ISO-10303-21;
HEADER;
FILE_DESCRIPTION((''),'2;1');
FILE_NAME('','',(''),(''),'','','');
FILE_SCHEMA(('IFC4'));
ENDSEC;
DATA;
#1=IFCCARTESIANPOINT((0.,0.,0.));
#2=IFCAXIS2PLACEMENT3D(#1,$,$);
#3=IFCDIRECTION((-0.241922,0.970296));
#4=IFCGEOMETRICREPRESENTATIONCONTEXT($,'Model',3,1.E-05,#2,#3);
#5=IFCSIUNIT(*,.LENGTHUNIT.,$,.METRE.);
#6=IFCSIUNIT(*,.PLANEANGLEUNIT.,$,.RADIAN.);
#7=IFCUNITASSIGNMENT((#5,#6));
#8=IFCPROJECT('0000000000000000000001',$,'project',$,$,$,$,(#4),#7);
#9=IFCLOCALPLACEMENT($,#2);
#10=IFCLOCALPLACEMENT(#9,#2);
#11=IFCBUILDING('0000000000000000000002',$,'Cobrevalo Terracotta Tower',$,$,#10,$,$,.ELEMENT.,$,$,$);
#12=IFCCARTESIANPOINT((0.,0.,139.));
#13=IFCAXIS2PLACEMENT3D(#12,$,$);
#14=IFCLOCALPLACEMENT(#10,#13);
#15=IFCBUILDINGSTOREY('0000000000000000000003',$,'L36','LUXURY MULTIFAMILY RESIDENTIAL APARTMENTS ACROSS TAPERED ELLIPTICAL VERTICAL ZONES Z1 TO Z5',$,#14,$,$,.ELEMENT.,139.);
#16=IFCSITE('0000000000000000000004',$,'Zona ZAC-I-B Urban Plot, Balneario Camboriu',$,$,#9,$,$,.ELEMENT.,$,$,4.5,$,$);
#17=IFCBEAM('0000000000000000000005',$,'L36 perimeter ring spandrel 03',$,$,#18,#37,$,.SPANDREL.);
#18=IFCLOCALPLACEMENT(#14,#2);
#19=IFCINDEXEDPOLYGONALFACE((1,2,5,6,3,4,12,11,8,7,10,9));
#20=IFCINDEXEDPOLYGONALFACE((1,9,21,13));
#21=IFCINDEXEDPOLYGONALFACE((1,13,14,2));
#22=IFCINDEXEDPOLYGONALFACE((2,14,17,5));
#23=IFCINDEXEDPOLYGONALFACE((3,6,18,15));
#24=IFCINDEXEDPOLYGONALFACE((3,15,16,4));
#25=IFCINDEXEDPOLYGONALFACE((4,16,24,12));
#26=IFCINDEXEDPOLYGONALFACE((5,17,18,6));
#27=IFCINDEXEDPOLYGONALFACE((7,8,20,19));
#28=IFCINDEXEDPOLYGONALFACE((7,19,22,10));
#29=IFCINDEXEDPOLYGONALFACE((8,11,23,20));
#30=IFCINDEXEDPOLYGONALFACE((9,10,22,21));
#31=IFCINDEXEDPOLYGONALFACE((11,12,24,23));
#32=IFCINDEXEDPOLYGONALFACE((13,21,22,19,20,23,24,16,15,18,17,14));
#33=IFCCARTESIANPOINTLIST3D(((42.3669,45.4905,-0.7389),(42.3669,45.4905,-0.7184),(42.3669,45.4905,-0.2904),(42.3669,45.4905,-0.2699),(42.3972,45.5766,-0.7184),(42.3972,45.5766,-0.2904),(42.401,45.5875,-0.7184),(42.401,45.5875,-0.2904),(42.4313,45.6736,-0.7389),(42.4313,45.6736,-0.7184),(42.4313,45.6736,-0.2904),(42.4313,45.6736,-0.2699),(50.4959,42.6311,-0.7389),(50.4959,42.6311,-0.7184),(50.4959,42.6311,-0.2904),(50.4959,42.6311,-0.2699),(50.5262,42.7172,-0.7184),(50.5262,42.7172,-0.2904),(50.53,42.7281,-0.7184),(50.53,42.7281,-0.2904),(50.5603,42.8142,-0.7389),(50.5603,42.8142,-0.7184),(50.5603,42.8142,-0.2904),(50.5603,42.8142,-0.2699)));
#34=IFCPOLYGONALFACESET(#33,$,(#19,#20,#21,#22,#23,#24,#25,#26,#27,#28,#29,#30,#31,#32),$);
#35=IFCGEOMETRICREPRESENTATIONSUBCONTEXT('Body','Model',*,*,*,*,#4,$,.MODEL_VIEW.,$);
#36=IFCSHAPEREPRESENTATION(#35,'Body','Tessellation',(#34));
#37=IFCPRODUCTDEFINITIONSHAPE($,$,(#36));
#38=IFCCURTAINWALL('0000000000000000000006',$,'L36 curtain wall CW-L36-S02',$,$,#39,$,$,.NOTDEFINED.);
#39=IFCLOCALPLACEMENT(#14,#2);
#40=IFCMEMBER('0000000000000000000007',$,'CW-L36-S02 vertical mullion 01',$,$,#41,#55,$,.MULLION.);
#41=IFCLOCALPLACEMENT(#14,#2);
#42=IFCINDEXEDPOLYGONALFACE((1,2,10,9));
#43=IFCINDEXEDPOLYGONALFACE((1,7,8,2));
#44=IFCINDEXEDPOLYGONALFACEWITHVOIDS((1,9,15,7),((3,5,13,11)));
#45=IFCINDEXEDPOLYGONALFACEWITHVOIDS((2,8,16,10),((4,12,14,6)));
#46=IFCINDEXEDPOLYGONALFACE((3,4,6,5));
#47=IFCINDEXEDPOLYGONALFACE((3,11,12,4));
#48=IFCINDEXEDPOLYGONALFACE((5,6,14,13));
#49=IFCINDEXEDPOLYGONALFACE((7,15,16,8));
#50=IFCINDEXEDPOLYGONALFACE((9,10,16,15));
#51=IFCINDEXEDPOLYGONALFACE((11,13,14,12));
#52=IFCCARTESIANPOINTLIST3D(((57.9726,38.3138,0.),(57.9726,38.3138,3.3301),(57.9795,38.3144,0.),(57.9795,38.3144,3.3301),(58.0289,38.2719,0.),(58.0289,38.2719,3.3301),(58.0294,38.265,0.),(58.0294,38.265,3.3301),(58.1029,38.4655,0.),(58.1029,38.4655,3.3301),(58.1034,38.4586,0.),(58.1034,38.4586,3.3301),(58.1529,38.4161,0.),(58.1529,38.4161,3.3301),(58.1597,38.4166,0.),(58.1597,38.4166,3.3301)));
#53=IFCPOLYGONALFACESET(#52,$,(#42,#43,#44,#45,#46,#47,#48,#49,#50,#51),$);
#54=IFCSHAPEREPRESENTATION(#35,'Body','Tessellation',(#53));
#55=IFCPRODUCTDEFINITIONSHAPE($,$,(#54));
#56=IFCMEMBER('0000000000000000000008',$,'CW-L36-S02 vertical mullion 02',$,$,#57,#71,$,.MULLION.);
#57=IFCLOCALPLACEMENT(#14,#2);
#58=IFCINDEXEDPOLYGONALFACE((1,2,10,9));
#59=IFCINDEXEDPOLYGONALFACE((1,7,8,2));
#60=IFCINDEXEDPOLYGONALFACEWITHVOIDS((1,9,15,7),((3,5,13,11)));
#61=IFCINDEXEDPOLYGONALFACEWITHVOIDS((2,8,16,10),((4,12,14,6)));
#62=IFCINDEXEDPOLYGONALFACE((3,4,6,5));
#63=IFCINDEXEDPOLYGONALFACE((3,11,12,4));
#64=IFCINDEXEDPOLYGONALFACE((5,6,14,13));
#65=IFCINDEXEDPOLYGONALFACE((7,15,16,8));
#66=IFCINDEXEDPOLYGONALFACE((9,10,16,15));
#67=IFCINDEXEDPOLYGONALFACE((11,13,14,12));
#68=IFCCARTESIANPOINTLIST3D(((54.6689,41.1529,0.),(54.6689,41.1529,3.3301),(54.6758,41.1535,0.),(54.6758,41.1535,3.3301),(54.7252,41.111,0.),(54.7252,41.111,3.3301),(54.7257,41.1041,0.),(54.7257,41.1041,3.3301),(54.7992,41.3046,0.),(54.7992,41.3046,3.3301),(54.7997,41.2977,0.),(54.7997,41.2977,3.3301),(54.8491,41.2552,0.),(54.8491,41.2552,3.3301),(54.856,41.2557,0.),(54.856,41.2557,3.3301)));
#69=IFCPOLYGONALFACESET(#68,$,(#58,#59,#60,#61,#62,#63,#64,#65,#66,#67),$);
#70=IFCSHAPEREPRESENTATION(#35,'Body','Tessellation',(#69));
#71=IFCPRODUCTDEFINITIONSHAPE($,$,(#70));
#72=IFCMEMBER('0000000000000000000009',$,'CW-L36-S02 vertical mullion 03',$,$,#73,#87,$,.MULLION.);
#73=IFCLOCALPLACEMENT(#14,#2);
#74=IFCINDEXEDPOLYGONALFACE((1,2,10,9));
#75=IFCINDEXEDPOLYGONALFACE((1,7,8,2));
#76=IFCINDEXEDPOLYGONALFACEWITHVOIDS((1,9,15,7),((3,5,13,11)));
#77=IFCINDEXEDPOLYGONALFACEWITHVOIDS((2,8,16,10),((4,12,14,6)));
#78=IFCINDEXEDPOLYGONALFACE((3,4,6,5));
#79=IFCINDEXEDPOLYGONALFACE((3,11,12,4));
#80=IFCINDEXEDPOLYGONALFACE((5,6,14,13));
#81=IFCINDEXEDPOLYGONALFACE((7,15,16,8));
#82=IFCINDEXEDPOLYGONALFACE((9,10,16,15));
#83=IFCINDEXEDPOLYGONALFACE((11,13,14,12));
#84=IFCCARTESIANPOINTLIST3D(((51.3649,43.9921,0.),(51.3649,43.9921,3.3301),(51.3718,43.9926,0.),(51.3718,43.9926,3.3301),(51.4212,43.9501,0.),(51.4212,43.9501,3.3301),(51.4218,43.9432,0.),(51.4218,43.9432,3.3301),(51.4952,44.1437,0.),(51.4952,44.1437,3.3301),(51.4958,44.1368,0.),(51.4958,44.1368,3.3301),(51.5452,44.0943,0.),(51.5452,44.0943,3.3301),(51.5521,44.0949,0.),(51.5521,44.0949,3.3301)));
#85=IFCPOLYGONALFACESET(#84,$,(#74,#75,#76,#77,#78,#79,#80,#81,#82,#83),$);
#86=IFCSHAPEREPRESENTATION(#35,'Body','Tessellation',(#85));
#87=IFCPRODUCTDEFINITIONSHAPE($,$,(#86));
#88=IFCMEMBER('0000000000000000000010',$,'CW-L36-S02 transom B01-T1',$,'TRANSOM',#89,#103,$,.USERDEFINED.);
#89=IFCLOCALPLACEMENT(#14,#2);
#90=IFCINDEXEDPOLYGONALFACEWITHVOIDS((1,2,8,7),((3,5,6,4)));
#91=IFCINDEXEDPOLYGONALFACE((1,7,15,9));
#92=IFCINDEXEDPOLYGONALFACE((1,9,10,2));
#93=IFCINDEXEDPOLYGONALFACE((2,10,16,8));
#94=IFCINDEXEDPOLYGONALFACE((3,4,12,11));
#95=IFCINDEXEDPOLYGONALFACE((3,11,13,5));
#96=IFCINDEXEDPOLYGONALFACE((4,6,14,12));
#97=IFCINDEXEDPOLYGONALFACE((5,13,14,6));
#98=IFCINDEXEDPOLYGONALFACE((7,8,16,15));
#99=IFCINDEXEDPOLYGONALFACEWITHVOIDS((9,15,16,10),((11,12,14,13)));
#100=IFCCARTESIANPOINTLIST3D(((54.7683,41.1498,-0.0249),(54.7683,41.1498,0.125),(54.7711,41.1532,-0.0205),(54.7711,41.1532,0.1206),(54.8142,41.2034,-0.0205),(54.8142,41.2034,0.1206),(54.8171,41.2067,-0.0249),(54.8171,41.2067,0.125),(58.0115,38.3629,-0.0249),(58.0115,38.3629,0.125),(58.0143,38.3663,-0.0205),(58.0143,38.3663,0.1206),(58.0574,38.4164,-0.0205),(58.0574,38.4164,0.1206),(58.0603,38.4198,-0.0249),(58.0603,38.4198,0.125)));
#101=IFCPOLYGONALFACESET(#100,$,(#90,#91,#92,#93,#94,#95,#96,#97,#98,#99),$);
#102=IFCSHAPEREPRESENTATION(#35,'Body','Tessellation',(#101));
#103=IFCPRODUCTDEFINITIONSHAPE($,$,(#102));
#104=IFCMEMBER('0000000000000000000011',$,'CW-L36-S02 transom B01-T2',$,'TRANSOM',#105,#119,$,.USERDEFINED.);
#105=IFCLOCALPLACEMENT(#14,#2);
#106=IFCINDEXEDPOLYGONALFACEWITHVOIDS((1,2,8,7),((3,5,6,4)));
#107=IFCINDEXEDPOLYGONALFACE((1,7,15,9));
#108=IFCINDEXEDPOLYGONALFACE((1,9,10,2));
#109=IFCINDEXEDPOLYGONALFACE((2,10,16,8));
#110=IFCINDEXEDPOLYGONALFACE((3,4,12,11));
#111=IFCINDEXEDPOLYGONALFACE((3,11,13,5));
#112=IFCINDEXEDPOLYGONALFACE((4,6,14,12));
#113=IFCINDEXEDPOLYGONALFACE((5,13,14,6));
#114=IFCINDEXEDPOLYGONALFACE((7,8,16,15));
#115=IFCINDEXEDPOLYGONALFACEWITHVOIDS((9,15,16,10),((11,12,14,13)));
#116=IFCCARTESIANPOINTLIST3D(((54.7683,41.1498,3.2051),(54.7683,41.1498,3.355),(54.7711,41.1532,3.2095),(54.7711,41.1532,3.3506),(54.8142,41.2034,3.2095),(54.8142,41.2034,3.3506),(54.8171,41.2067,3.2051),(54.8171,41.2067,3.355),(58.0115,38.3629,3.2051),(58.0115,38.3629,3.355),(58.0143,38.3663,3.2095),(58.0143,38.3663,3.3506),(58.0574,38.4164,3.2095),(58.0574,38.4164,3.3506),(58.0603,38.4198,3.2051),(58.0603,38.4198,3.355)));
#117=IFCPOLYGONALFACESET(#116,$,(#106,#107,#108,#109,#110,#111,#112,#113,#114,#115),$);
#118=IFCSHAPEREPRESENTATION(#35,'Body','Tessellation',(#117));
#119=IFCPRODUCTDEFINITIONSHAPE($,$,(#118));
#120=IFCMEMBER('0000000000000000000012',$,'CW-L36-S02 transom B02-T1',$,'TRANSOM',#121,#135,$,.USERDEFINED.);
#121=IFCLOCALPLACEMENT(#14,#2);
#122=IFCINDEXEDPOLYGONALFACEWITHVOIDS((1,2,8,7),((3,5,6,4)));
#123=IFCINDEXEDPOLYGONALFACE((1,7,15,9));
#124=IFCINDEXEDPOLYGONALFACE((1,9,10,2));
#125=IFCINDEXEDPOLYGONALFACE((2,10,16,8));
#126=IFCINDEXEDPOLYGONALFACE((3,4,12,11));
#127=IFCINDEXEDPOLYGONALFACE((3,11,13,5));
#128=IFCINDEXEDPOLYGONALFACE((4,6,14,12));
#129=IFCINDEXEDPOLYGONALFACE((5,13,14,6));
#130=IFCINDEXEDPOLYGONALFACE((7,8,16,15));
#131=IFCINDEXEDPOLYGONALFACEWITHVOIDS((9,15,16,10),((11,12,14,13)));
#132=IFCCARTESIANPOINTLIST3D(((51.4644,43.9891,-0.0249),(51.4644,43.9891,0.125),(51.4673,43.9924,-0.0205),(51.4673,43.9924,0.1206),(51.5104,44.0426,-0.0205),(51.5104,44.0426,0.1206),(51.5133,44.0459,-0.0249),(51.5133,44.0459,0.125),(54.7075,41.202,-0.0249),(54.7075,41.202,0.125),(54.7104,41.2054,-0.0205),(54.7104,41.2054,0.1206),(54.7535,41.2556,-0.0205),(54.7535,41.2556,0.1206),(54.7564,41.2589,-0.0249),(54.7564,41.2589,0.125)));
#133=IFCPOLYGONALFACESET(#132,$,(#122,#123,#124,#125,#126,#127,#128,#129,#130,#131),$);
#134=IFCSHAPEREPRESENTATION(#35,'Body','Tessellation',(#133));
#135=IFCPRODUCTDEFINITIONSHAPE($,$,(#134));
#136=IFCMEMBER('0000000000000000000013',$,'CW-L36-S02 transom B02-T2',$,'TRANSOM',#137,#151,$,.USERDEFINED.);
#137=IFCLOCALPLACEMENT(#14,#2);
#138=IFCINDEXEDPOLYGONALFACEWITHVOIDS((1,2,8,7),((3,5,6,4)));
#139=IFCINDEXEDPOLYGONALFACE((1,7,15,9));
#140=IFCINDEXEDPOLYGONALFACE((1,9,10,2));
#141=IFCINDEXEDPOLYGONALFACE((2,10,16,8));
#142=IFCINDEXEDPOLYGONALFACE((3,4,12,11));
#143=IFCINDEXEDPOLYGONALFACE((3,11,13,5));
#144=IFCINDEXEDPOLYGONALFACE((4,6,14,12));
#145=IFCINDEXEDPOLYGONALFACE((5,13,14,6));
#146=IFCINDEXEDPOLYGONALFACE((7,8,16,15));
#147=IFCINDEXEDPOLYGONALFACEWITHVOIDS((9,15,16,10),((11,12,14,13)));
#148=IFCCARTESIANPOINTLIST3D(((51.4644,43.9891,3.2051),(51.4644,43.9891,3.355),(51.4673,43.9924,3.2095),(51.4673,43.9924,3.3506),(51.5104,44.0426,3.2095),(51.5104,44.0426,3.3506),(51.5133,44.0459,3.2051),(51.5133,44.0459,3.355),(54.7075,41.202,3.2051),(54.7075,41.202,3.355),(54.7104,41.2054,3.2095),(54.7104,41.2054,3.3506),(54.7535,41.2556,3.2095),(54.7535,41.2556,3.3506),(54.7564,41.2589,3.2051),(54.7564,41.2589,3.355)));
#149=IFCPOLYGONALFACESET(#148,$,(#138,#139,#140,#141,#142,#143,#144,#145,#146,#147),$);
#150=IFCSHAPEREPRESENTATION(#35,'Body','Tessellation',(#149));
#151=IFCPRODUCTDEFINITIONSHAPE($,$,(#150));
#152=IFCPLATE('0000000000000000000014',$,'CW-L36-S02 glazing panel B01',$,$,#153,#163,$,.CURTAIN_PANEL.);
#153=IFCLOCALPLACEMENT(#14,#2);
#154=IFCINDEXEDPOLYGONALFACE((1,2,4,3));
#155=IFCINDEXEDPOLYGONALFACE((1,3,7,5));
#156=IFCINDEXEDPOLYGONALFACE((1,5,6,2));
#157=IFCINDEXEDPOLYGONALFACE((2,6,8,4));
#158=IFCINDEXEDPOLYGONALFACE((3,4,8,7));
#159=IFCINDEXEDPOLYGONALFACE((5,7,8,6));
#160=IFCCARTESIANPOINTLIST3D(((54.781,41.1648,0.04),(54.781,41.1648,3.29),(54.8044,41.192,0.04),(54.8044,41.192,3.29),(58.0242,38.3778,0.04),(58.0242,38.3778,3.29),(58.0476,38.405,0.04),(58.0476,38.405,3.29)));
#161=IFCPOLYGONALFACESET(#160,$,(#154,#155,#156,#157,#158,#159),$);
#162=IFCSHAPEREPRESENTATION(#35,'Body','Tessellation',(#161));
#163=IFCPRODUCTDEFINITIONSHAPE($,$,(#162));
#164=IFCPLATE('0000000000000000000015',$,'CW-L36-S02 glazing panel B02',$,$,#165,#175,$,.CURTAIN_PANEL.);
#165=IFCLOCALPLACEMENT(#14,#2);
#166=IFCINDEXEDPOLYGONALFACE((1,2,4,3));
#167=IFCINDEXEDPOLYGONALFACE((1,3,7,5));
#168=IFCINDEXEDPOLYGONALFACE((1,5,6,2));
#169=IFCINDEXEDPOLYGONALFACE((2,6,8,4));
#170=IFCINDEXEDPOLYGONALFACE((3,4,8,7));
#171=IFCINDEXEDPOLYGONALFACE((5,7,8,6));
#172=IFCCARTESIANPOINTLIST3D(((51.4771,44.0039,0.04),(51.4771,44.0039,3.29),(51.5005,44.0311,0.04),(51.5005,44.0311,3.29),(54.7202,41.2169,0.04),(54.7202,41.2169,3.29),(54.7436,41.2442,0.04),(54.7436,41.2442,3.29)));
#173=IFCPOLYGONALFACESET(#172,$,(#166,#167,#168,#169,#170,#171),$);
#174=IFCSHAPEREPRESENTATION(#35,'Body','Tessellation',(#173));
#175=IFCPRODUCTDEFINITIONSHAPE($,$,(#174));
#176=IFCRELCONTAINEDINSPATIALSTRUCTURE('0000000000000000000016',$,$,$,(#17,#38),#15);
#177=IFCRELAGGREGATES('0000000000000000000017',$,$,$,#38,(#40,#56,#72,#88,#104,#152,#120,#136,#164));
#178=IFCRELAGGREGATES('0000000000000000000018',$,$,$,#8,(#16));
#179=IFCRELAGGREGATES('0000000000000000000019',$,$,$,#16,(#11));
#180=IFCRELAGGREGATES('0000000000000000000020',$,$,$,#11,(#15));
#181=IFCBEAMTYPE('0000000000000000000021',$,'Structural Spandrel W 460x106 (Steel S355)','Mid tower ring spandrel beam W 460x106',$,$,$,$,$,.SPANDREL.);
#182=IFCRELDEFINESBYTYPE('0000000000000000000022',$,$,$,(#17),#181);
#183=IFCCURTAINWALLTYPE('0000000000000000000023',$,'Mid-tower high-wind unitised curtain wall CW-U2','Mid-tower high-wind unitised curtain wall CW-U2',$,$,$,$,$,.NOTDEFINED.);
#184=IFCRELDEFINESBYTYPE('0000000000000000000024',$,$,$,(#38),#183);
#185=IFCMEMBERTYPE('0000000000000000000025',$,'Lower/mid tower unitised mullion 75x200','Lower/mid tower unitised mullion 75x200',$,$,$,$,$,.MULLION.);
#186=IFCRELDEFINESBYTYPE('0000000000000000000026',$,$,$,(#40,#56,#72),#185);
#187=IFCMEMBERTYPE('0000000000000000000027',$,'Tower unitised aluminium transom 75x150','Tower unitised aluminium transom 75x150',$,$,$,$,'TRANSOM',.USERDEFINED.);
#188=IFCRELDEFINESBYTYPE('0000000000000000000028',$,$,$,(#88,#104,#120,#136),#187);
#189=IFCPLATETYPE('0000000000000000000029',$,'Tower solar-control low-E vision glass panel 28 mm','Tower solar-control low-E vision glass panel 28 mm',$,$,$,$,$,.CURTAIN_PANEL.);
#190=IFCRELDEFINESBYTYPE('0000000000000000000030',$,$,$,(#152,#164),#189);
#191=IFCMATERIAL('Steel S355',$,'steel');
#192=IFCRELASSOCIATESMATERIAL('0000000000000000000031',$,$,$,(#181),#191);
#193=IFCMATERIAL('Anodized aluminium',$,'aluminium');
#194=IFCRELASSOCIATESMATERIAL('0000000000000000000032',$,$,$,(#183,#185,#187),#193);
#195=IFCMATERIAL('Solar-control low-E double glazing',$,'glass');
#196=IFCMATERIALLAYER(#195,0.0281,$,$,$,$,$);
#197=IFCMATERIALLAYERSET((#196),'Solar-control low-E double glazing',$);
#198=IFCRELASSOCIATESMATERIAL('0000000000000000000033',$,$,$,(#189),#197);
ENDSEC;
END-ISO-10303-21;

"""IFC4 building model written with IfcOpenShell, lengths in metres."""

from ifc_helpers import new_model, si_unit, direction, frame, origin, origin_2d, place, context, subcontext, project, spatial, rectangle, hollow_rectangle, i_section, extrude, source, transform, mapped, material, layer, layer_set, material_profile, profile_set, type_object, element, aggregate, save


model = new_model("IFC4")

# Units and contexts
model_context = context("Model", 3, precision=1e-05, world=origin(), true_north=direction((-0.241922, 0.970296)))
body_context = subcontext(model_context, "Body", "Model", "MODEL_VIEW")
ifc_project = project(units=[si_unit("LENGTHUNIT", "METRE"), si_unit("PLANEANGLEUNIT", "RADIAN")], contexts=[model_context])

# Site, building, storey
site_placement = place(None, origin())
site = spatial("IfcSite", under=ifc_project, at=site_placement, Name="Zona ZAC-I-B Urban Plot, Balneario Camboriu", CompositionType="ELEMENT", RefElevation=4.5)
building_placement = place(site_placement, origin())
building = spatial("IfcBuilding", under=site, at=building_placement, Name="Cobrevalo Terracotta Tower", CompositionType="ELEMENT")
storey_placement = place(building_placement, frame((0.0, 0.0, 139.0)))
storey = spatial("IfcBuildingStorey", under=building, at=storey_placement, Name="L36", Description="LUXURY MULTIFAMILY RESIDENTIAL APARTMENTS ACROSS TAPERED ELLIPTICAL VERTICAL ZONES Z1 TO Z5", CompositionType="ELEMENT", Elevation=139.0)

# Shared definitions
ifc_material_1 = material(Name="Steel S355", Category="steel")

# Beam
ifc_material_profile_1 = material_profile(ifc_material_1, i_section(OverallWidth=0.1941, OverallDepth=0.469, WebThickness=0.0115, FlangeThickness=0.0205, at=origin_2d()), Name="W 460x106")
ifc_profile_set_1 = profile_set([ifc_material_profile_1], Name="Steel S355")
beam_type_1 = type_object("IfcBeamType", Name="Structural Spandrel W 460x106 (Steel S355)", Description="Mid tower ring spandrel beam W 460x106", PredefinedType="SPANDREL", material=ifc_profile_set_1)
beam_1_placement = place(storey_placement, frame((50.5281, 42.7227, -0.5044), z_axis=(-0.943341, 0.331824, 0.0), x_axis=(-0.331824, -0.943341, 0.0)))
element("IfcBeam", 1, at=beam_1_placement, inside=storey, type_object=beam_type_1, Name="L36 perimeter ring spandrel 03", PredefinedType="SPANDREL", context=body_context, shape_type="SweptSolid", body=[
    extrude(i_section(OverallWidth=0.1941, OverallDepth=0.469, WebThickness=0.0115, FlangeThickness=0.0205, at=origin_2d()), origin(), (0.0, 0.0, 1.0), 8.6172),
])

# Curtain wall, members, plates
ifc_material_2 = material(Name="Anodized aluminium", Category="aluminium")
curtain_wall_type = type_object("IfcCurtainWallType", Name="Mid-tower high-wind unitised curtain wall CW-U2", Description="Mid-tower high-wind unitised curtain wall CW-U2", PredefinedType="NOTDEFINED", material=ifc_material_2)
curtain_wall_placement = place(storey_placement, origin())
curtain_wall = element("IfcCurtainWall", 2, at=curtain_wall_placement, inside=storey, type_object=curtain_wall_type, Name="L36 curtain wall CW-L36-S02", PredefinedType="NOTDEFINED")
ifc_material_profile_2 = material_profile(ifc_material_2, hollow_rectangle(XDim=0.075, YDim=0.2, WallThickness=0.0049, at=origin_2d()), Name="CWM 75x200")
ifc_profile_set_2 = profile_set([ifc_material_profile_2], Name="Anodized aluminium")
member_type_1 = type_object("IfcMemberType", Name="Lower/mid tower unitised mullion 75x200", Description="Lower/mid tower unitised mullion 75x200", PredefinedType="MULLION", material=ifc_profile_set_2)
shared_shape_1 = source(origin(), body_context, "Body", "SweptSolid", [
    extrude(hollow_rectangle(XDim=0.075, YDim=0.2, WallThickness=0.0049, at=origin_2d()), origin(), (0.0, 0.0, 1.0), 3.3301),
])
member_1_placement = place(storey_placement, frame((58.0662, 38.3652, 0.0), z_axis=(0.0, 0.0, 1.0), x_axis=(-0.758442, 0.651741, 0.0)))
member_1 = element("IfcMember", 3, at=member_1_placement, type_object=member_type_1, Name="CW-L36-S02 vertical mullion 01", PredefinedType="MULLION", context=body_context, shape_type="MappedRepresentation", body=[
    mapped(shared_shape_1, transform((0.0, 0.0, 0.0), scale=1.0)),
])
member_2_placement = place(storey_placement, frame((54.7625, 41.2043, 0.0), z_axis=(0.0, 0.0, 1.0), x_axis=(-0.758442, 0.651741, 0.0)))
member_2 = element("IfcMember", 4, at=member_2_placement, type_object=member_type_1, Name="CW-L36-S02 vertical mullion 02", PredefinedType="MULLION", context=body_context, shape_type="MappedRepresentation", body=[
    mapped(shared_shape_1, transform((0.0, 0.0, 0.0), scale=1.0)),
])
member_3_placement = place(storey_placement, frame((51.4585, 44.0435, 0.0), z_axis=(0.0, 0.0, 1.0), x_axis=(-0.758442, 0.651741, 0.0)))
member_3 = element("IfcMember", 5, at=member_3_placement, type_object=member_type_1, Name="CW-L36-S02 vertical mullion 03", PredefinedType="MULLION", context=body_context, shape_type="MappedRepresentation", body=[
    mapped(shared_shape_1, transform((0.0, 0.0, 0.0), scale=1.0)),
])
ifc_material_profile_3 = material_profile(ifc_material_2, hollow_rectangle(XDim=0.075, YDim=0.1499, WallThickness=0.0044, at=origin_2d()), Name="CWT 75x150")
ifc_profile_set_3 = profile_set([ifc_material_profile_3], Name="Anodized aluminium")
member_type_2 = type_object("IfcMemberType", Name="Tower unitised aluminium transom 75x150", Description="Tower unitised aluminium transom 75x150", ElementType="TRANSOM", PredefinedType="USERDEFINED", material=ifc_profile_set_3)
shared_shape_2 = source(origin(), body_context, "Body", "SweptSolid", [
    extrude(hollow_rectangle(XDim=0.075, YDim=0.1499, WallThickness=0.0044, at=origin_2d()), origin(), (0.0, 0.0, 1.0), 4.2761),
])
member_4_placement = place(storey_placement, frame((58.0359, 38.3914, 0.05), z_axis=(-0.758446, 0.651736, 0.0), x_axis=(-0.651736, -0.758446, 0.0)))
member_4 = element("IfcMember", 6, at=member_4_placement, type_object=member_type_2, Name="CW-L36-S02 transom B01-T1", ObjectType="TRANSOM", PredefinedType="USERDEFINED", context=body_context, shape_type="MappedRepresentation", body=[
    mapped(shared_shape_2, transform((0.0, 0.0, 0.0), scale=1.0)),
])
member_5_placement = place(storey_placement, frame((58.0359, 38.3914, 3.28), z_axis=(-0.758446, 0.651736, 0.0), x_axis=(-0.651736, -0.758446, 0.0)))
member_5 = element("IfcMember", 7, at=member_5_placement, type_object=member_type_2, Name="CW-L36-S02 transom B01-T2", ObjectType="TRANSOM", PredefinedType="USERDEFINED", context=body_context, shape_type="MappedRepresentation", body=[
    mapped(shared_shape_2, transform((0.0, 0.0, 0.0), scale=1.0)),
])
member_6_placement = place(storey_placement, frame((54.7319, 41.2305, 0.05), z_axis=(-0.758418, 0.651769, 0.0), x_axis=(-0.651769, -0.758418, 0.0)))
member_6 = element("IfcMember", 8, at=member_6_placement, type_object=member_type_2, Name="CW-L36-S02 transom B02-T1", ObjectType="TRANSOM", PredefinedType="USERDEFINED", context=body_context, shape_type="MappedRepresentation", body=[
    mapped(shared_shape_2, transform((0.0, 0.0, 0.0), scale=1.0)),
])
member_7_placement = place(storey_placement, frame((54.7319, 41.2305, 3.28), z_axis=(-0.758418, 0.651769, 0.0), x_axis=(-0.651769, -0.758418, 0.0)))
member_7 = element("IfcMember", 9, at=member_7_placement, type_object=member_type_2, Name="CW-L36-S02 transom B02-T2", ObjectType="TRANSOM", PredefinedType="USERDEFINED", context=body_context, shape_type="MappedRepresentation", body=[
    mapped(shared_shape_2, transform((0.0, 0.0, 0.0), scale=1.0)),
])
ifc_material_3 = material(Name="Solar-control low-E double glazing", Category="glass")
ifc_layer_1 = layer(ifc_material_3, 0.0281)
ifc_layer_set_1 = layer_set([ifc_layer_1], Name="Solar-control low-E double glazing")
plate_type = type_object("IfcPlateType", Name="Tower solar-control low-E vision glass panel 28 mm", Description="Tower solar-control low-E vision glass panel 28 mm", PredefinedType="CURTAIN_PANEL", material=ifc_layer_set_1)
shared_shape_3 = source(origin(), body_context, "Body", "SweptSolid", [
    extrude(rectangle(XDim=4.2761, YDim=0.0359, at=origin_2d()), origin(), (0.0, 0.0, 1.0), 3.25),
])
plate_1_placement = place(storey_placement, frame((56.4143, 39.7849, 0.04), z_axis=(0.0, 0.0, 1.0), x_axis=(-0.758437, 0.651746, 0.0)))
plate_1 = element("IfcPlate", 10, at=plate_1_placement, type_object=plate_type, Name="CW-L36-S02 glazing panel B01", PredefinedType="CURTAIN_PANEL", context=body_context, shape_type="MappedRepresentation", body=[
    mapped(shared_shape_3, transform((0.0, 0.0, 0.0), scale=1.0)),
])
plate_2_placement = place(storey_placement, frame((53.1104, 42.624, 0.04), z_axis=(0.0, 0.0, 1.0), x_axis=(-0.758437, 0.651746, 0.0)))
plate_2 = element("IfcPlate", 11, at=plate_2_placement, type_object=plate_type, Name="CW-L36-S02 glazing panel B02", PredefinedType="CURTAIN_PANEL", context=body_context, shape_type="MappedRepresentation", body=[
    mapped(shared_shape_3, transform((0.0, 0.0, 0.0), scale=1.0)),
])
aggregate(curtain_wall, [member_1, member_2, member_3, member_4, member_5, plate_1, member_6, member_7, plate_2])

save(model, "model.ifc")
